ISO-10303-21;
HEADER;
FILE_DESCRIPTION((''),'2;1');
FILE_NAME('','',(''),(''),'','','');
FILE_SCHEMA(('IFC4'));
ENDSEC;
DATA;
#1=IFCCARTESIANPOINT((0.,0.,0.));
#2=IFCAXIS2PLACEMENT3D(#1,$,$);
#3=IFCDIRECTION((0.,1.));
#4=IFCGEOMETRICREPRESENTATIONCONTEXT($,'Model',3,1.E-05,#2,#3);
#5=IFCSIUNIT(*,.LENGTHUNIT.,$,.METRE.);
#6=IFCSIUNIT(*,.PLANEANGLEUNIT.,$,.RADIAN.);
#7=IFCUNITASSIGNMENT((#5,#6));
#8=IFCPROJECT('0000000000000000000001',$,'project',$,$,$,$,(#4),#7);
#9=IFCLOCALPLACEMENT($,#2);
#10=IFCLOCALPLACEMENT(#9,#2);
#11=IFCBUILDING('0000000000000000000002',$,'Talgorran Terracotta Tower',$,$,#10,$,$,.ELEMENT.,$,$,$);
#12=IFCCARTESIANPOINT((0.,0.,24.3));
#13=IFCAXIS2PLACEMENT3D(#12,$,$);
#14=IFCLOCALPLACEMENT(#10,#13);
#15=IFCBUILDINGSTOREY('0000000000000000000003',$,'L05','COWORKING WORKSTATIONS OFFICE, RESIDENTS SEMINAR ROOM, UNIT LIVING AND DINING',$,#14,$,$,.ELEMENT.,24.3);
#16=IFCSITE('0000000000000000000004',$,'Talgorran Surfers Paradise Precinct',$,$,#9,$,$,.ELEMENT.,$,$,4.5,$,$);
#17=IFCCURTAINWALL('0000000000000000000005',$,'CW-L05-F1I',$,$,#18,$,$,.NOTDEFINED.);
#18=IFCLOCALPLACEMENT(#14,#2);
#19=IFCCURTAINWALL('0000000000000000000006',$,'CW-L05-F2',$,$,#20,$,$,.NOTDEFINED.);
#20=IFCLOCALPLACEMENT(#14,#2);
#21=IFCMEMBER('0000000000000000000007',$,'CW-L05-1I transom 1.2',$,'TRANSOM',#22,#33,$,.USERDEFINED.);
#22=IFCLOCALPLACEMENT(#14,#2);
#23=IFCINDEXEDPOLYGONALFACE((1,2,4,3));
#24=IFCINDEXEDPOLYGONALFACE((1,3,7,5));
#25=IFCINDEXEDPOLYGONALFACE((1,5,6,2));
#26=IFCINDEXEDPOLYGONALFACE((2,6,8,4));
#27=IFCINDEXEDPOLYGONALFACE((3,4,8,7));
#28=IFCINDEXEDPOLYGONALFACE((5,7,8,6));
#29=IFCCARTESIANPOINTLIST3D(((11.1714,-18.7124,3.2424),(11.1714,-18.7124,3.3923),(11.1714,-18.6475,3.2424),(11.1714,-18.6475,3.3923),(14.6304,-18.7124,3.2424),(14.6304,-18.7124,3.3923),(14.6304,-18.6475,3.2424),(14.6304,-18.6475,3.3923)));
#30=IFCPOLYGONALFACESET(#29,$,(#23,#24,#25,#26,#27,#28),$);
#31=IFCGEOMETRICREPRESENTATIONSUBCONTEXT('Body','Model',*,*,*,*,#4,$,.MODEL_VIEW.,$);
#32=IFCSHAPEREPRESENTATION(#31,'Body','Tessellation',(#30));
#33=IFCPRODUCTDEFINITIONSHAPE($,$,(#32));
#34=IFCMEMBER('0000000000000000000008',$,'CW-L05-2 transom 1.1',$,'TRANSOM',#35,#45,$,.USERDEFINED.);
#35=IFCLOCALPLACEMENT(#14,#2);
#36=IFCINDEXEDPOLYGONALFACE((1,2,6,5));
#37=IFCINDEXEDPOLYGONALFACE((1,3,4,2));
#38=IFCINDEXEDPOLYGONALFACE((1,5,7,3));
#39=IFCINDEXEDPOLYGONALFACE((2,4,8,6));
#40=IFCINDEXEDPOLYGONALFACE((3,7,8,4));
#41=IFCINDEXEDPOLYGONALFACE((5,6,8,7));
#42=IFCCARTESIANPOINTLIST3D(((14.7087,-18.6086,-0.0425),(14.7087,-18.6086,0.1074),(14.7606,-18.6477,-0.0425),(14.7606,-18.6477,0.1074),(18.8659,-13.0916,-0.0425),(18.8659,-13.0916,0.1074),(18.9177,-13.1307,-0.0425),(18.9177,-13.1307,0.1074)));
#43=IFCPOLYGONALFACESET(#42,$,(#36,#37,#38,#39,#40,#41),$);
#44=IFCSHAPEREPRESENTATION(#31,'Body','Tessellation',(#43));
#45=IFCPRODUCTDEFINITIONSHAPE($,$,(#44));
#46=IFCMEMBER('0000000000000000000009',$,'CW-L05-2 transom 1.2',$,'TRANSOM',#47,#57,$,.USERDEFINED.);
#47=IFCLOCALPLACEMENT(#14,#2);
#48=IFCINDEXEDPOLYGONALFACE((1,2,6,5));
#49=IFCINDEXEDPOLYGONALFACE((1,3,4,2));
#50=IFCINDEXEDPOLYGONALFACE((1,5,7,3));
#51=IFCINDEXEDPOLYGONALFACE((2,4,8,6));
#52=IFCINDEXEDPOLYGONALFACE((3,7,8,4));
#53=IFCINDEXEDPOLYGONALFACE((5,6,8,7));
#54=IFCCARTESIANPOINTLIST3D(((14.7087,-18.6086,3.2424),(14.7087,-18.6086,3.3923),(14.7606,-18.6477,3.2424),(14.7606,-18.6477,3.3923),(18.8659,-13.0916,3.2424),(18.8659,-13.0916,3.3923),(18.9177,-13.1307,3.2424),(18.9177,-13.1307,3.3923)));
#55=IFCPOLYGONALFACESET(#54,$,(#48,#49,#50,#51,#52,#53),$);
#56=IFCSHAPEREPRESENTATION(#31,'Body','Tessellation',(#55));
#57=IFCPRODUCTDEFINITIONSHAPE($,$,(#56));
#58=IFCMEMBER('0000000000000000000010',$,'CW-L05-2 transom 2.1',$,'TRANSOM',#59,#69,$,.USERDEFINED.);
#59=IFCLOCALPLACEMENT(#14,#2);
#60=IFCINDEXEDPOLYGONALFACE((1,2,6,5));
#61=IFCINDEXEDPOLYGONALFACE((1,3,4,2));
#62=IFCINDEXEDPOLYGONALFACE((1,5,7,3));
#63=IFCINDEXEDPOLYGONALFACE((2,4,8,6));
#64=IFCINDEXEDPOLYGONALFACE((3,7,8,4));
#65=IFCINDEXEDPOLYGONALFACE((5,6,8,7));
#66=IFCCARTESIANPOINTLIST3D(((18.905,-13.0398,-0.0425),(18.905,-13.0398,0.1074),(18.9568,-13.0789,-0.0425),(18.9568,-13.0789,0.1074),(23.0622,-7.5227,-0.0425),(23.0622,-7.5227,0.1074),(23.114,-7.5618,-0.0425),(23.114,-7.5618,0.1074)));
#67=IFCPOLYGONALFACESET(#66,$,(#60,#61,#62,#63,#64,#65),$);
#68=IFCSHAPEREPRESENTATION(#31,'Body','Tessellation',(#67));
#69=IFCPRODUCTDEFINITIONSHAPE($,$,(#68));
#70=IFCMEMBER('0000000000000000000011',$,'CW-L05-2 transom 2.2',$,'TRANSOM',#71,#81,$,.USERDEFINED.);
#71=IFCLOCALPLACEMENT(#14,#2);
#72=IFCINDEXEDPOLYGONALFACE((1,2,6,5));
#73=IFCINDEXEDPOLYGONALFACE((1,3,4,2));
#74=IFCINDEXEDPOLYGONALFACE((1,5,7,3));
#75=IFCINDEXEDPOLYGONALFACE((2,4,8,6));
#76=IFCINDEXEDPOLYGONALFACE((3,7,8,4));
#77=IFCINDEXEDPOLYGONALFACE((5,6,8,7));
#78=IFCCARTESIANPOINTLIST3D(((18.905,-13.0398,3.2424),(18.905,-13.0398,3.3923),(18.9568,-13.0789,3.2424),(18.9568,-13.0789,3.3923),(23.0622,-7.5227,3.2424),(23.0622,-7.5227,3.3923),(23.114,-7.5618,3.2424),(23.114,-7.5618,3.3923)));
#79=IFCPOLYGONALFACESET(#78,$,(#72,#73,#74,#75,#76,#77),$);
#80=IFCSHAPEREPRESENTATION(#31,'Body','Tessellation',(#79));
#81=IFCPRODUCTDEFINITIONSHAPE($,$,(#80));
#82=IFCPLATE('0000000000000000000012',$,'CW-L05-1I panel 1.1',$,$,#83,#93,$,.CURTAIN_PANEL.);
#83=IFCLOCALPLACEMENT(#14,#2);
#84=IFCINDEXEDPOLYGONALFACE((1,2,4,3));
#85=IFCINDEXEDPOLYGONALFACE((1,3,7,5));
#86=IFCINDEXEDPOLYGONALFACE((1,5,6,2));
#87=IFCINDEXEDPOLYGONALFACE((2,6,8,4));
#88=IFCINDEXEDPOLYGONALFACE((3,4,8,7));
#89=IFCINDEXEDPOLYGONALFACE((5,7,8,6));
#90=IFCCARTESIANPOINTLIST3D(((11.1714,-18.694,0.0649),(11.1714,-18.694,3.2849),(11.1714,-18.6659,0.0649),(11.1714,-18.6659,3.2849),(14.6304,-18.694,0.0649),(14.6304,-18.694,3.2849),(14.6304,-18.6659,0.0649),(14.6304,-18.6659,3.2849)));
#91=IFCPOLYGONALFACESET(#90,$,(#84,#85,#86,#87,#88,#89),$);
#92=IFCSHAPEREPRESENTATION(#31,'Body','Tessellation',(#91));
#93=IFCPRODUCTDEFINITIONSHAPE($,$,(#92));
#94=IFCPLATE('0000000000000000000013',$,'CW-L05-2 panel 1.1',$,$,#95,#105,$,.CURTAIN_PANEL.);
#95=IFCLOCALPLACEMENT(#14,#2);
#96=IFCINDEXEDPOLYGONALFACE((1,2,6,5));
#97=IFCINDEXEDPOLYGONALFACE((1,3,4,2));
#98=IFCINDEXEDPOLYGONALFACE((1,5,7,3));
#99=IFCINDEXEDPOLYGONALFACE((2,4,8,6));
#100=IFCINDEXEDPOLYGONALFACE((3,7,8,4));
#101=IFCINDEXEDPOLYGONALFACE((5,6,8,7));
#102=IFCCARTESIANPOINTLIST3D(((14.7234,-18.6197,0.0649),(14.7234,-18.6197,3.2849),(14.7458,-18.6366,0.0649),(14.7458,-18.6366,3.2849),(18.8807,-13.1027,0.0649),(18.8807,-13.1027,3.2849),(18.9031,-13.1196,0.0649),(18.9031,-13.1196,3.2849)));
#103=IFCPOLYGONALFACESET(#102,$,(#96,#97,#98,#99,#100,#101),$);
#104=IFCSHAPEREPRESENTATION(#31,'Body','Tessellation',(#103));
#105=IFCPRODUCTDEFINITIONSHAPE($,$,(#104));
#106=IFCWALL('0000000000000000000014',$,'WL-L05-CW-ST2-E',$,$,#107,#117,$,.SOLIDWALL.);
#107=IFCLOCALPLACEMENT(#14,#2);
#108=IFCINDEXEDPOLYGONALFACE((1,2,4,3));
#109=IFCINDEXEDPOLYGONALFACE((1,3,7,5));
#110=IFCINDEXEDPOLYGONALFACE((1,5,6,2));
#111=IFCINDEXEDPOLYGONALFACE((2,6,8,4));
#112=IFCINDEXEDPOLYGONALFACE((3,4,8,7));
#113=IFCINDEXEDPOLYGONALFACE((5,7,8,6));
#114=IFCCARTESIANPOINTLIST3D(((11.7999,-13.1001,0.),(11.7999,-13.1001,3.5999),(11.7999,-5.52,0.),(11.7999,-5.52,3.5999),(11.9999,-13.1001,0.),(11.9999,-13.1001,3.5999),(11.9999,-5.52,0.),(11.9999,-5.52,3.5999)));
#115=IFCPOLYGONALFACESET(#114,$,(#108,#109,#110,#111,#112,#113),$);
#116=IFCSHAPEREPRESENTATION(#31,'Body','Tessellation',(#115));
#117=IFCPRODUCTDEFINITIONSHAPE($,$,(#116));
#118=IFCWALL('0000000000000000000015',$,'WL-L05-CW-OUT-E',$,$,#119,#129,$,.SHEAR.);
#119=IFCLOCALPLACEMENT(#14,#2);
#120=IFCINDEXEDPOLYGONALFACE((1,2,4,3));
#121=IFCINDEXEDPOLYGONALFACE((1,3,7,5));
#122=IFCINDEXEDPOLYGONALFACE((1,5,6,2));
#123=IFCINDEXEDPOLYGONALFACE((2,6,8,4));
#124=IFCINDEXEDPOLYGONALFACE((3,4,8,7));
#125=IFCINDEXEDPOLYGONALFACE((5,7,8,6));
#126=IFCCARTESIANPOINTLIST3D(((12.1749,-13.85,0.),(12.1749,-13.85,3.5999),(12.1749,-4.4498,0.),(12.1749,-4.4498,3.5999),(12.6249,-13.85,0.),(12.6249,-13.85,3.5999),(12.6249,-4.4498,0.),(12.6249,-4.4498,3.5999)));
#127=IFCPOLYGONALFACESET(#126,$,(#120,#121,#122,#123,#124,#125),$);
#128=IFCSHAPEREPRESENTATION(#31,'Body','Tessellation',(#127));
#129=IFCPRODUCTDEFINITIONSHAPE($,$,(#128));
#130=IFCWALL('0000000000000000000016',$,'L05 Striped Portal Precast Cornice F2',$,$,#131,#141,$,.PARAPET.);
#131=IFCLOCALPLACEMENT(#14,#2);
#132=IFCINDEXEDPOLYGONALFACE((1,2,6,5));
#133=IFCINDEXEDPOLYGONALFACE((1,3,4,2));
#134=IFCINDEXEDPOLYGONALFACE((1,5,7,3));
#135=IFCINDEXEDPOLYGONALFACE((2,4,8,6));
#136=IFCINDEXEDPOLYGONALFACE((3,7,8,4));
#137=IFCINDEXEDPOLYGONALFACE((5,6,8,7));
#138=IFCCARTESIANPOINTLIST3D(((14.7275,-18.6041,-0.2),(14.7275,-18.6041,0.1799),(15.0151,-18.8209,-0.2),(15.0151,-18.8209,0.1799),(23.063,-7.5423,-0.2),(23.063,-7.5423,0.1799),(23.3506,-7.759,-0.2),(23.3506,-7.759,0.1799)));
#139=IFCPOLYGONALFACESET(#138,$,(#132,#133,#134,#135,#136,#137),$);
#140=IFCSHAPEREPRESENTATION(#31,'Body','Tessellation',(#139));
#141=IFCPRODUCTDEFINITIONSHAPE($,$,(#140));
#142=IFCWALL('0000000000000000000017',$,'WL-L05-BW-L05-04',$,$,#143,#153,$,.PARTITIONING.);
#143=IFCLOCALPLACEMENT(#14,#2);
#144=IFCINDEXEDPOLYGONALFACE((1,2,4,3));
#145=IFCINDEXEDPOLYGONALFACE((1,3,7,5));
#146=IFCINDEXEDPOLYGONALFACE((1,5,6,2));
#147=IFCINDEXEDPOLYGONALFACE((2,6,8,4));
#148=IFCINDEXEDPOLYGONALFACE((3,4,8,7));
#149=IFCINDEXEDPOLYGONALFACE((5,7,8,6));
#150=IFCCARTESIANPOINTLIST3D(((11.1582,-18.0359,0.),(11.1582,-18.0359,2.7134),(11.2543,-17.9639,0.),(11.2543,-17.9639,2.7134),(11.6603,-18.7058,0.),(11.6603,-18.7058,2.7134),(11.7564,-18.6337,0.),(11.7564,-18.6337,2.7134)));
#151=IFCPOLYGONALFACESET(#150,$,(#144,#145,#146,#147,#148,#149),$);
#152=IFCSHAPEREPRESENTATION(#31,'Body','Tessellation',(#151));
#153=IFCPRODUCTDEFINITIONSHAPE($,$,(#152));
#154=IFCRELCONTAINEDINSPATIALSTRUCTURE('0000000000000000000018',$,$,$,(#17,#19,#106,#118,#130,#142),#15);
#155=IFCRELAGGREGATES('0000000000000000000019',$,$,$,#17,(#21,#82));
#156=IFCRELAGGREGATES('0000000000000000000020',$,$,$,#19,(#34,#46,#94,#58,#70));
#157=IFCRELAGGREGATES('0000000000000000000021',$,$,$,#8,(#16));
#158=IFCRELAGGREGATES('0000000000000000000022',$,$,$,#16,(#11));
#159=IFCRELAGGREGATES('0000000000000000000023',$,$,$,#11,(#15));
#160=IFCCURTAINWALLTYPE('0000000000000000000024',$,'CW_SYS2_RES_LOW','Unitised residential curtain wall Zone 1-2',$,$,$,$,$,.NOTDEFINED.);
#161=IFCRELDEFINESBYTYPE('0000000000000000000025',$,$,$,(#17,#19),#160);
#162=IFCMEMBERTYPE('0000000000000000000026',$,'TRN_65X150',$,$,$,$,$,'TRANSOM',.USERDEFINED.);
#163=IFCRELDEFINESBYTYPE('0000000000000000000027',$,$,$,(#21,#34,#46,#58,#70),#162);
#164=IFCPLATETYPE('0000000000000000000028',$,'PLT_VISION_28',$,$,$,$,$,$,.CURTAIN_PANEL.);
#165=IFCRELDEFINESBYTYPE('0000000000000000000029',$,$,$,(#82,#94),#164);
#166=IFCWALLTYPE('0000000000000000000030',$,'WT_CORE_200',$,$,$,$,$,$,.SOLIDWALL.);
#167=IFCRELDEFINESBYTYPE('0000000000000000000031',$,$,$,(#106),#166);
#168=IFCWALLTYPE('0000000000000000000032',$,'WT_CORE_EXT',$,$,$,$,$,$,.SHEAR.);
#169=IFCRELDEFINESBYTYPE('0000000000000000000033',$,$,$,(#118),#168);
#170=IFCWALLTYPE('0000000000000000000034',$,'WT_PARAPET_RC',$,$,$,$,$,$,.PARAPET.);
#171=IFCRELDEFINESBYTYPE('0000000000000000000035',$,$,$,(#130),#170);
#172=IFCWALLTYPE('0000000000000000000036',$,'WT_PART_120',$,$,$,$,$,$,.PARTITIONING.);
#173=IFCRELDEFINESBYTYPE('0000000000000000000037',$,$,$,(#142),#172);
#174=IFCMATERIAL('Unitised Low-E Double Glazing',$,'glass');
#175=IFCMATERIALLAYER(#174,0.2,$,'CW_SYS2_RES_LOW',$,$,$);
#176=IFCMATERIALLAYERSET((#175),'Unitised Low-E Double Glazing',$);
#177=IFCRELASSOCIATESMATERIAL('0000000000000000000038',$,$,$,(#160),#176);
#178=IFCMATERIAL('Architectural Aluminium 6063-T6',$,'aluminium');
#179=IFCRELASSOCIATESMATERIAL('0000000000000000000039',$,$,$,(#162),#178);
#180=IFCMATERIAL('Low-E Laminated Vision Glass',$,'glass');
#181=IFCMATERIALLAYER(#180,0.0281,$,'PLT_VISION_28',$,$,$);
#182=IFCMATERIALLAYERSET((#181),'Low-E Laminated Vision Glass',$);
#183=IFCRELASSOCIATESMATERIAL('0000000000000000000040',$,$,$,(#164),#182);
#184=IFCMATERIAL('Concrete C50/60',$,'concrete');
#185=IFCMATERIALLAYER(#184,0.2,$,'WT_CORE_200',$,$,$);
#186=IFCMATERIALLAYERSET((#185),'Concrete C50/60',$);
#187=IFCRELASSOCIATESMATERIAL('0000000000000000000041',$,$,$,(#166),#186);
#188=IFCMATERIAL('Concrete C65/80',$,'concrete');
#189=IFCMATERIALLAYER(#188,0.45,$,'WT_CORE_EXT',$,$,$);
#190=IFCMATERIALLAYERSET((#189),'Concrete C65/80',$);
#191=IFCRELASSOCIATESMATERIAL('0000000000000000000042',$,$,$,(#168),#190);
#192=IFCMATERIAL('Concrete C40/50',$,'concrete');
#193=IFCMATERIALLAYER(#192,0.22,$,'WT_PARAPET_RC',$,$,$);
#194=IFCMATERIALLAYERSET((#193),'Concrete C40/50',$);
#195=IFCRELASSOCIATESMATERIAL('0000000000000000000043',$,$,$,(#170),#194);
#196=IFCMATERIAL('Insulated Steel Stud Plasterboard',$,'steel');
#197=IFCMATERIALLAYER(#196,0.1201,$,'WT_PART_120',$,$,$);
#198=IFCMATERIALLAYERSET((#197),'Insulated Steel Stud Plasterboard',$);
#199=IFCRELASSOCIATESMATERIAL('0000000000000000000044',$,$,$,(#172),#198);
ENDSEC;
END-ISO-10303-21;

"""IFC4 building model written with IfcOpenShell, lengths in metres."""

from ifc_helpers import new_model, si_unit, direction, frame, frame_2d, origin, origin_2d, place, context, subcontext, project, spatial, rectangle, extrude, source, transform, mapped, material, layer, layer_set, material_profile, profile_set, type_object, type_shapes, element, aggregate, save


model = new_model("IFC4")

# Units and contexts
model_context = context("Model", 3, precision=1e-05, world=origin(), true_north=direction((0.0, 1.0)))
body_context = subcontext(model_context, "Body", "Model", "MODEL_VIEW")
ifc_project = project(units=[si_unit("LENGTHUNIT", "METRE"), si_unit("PLANEANGLEUNIT", "RADIAN")], contexts=[model_context])

# Site, building, storey
site_placement = place(None, origin())
site = spatial("IfcSite", under=ifc_project, at=site_placement, Name="Talgorran Surfers Paradise Precinct", CompositionType="ELEMENT", RefElevation=4.5)
building_placement = place(site_placement, origin())
building = spatial("IfcBuilding", under=site, at=building_placement, Name="Talgorran Terracotta Tower", CompositionType="ELEMENT")
storey_placement = place(building_placement, frame((0.0, 0.0, 24.3)))
storey = spatial("IfcBuildingStorey", under=building, at=storey_placement, Name="L05", Description="COWORKING WORKSTATIONS OFFICE, RESIDENTS SEMINAR ROOM, UNIT LIVING AND DINING", CompositionType="ELEMENT", Elevation=24.3)

# Shared definitions
ifc_material_1 = material(Name="Unitised Low-E Double Glazing", Category="glass")
ifc_layer_1 = layer(ifc_material_1, 0.2, Name="CW_SYS2_RES_LOW")
ifc_layer_set_1 = layer_set([ifc_layer_1], Name="Unitised Low-E Double Glazing")
curtain_wall_type = type_object("IfcCurtainWallType", Name="CW_SYS2_RES_LOW", Description="Unitised residential curtain wall Zone 1-2", PredefinedType="NOTDEFINED", material=ifc_layer_set_1)
ifc_material_2 = material(Name="Architectural Aluminium 6063-T6", Category="aluminium")

# Curtain walls
curtain_wall_1_placement = place(storey_placement, origin())
curtain_wall_1 = element("IfcCurtainWall", 1, at=curtain_wall_1_placement, inside=storey, type_object=curtain_wall_type, Name="CW-L05-F1I", PredefinedType="NOTDEFINED")
curtain_wall_2_placement = place(storey_placement, origin())
curtain_wall_2 = element("IfcCurtainWall", 2, at=curtain_wall_2_placement, inside=storey, type_object=curtain_wall_type, Name="CW-L05-F2", PredefinedType="NOTDEFINED")

# Members
ifc_material_profile_1 = material_profile(ifc_material_2, rectangle(XDim=0.0649, YDim=0.1499, at=origin_2d()), Name="CWT65X150")
ifc_profile_set_1 = profile_set([ifc_material_profile_1], Name="Architectural Aluminium 6063-T6")
member_type_1 = type_object("IfcMemberType", Name="TRN_65X150", ElementType="TRANSOM", PredefinedType="USERDEFINED", material=ifc_profile_set_1)
member_1_placement = place(storey_placement, frame((11.1714, -18.6799, 3.3174), z_axis=(1.0, 0.0, 0.0), x_axis=(0.0, 1.0, 0.0)))
member_1 = element("IfcMember", 3, at=member_1_placement, type_object=member_type_1, Name="CW-L05-1I transom 1.2", ObjectType="TRANSOM", PredefinedType="USERDEFINED", context=body_context, shape_type="SweptSolid", body=[
    extrude(rectangle(XDim=0.0649, YDim=0.1499, at=origin_2d()), origin(), (0.0, 0.0, 1.0), 3.459),
])
member_2_placement = place(storey_placement, frame((14.7346, -18.6282, 0.0325), z_axis=(0.601797, 0.798649, 0.0), x_axis=(-0.798649, 0.601797, 0.0)))
member_2 = element("IfcMember", 4, at=member_2_placement, type_object=member_type_1, Name="CW-L05-2 transom 1.1", ObjectType="TRANSOM", PredefinedType="USERDEFINED", context=body_context, shape_type="SweptSolid", body=[
    extrude(rectangle(XDim=0.0649, YDim=0.1499, at=origin_2d()), origin(), (0.0, 0.0, 1.0), 6.908),
])
member_3_placement = place(storey_placement, frame((14.7346, -18.6282, 3.3174), z_axis=(0.601797, 0.798649, 0.0), x_axis=(-0.798649, 0.601797, 0.0)))
member_3 = element("IfcMember", 5, at=member_3_placement, type_object=member_type_1, Name="CW-L05-2 transom 1.2", ObjectType="TRANSOM", PredefinedType="USERDEFINED", context=body_context, shape_type="SweptSolid", body=[
    extrude(rectangle(XDim=0.0649, YDim=0.1499, at=origin_2d()), origin(), (0.0, 0.0, 1.0), 6.908),
])
member_4_placement = place(storey_placement, frame((18.9309, -13.0593, 0.0325), z_axis=(0.601797, 0.798649, 0.0), x_axis=(-0.798649, 0.601797, 0.0)))
member_4 = element("IfcMember", 6, at=member_4_placement, type_object=member_type_1, Name="CW-L05-2 transom 2.1", ObjectType="TRANSOM", PredefinedType="USERDEFINED", context=body_context, shape_type="SweptSolid", body=[
    extrude(rectangle(XDim=0.0649, YDim=0.1499, at=origin_2d()), origin(), (0.0, 0.0, 1.0), 6.908),
])
member_5_placement = place(storey_placement, frame((18.9309, -13.0593, 3.3174), z_axis=(0.601797, 0.798649, 0.0), x_axis=(-0.798649, 0.601797, 0.0)))
member_5 = element("IfcMember", 7, at=member_5_placement, type_object=member_type_1, Name="CW-L05-2 transom 2.2", ObjectType="TRANSOM", PredefinedType="USERDEFINED", context=body_context, shape_type="SweptSolid", body=[
    extrude(rectangle(XDim=0.0649, YDim=0.1499, at=origin_2d()), origin(), (0.0, 0.0, 1.0), 6.908),
])

# Plates
ifc_material_3 = material(Name="Low-E Laminated Vision Glass", Category="glass")
ifc_layer_2 = layer(ifc_material_3, 0.0281, Name="PLT_VISION_28")
ifc_layer_set_2 = layer_set([ifc_layer_2], Name="Low-E Laminated Vision Glass")
plate_type = type_object("IfcPlateType", Name="PLT_VISION_28", PredefinedType="CURTAIN_PANEL", material=ifc_layer_set_2)
shared_shape_1 = source(origin(), body_context, "Body", "SweptSolid", [
    extrude(rectangle(XDim=3.459, YDim=0.0281, at=origin_2d()), origin(), (0.0, 0.0, 1.0), 3.22),
])
plate_1_placement = place(storey_placement, frame((12.9009, -18.6799, 0.0649), z_axis=(0.0, 0.0, 1.0), x_axis=(1.0, 0.0, 0.0)))
plate_1 = element("IfcPlate", 8, at=plate_1_placement, type_object=plate_type, Name="CW-L05-1I panel 1.1", PredefinedType="CURTAIN_PANEL", context=body_context, shape_type="MappedRepresentation", body=[
    mapped(shared_shape_1, transform((0.0, 0.0, 0.0), scale=1.0)),
])
aggregate(curtain_wall_1, [member_1, plate_1])
shared_shape_2 = source(origin(), body_context, "Body", "SweptSolid", [
    extrude(rectangle(XDim=6.908, YDim=0.0281, at=origin_2d()), origin(), (0.0, 0.0, 1.0), 3.22),
])
type_shapes(plate_type, [shared_shape_1, shared_shape_2])
plate_2_placement = place(storey_placement, frame((16.8132, -15.8696, 0.0649), z_axis=(0.0, 0.0, 1.0), x_axis=(0.601812, 0.798638, 0.0)))
plate_2 = element("IfcPlate", 9, at=plate_2_placement, type_object=plate_type, Name="CW-L05-2 panel 1.1", PredefinedType="CURTAIN_PANEL", context=body_context, shape_type="MappedRepresentation", body=[
    mapped(shared_shape_2, transform((0.0, 0.0, 0.0), scale=1.0)),
])
aggregate(curtain_wall_2, [member_2, member_3, plate_2, member_4, member_5])

# Walls
ifc_material_4 = material(Name="Concrete C50/60", Category="concrete")
ifc_layer_3 = layer(ifc_material_4, 0.2, Name="WT_CORE_200")
ifc_layer_set_3 = layer_set([ifc_layer_3], Name="Concrete C50/60")
wall_type_1 = type_object("IfcWallType", Name="WT_CORE_200", PredefinedType="SOLIDWALL", material=ifc_layer_set_3)
wall_1_placement = place(storey_placement, frame((11.8999, -13.1001, 0.0), z_axis=(0.0, 0.0, 1.0), x_axis=(0.0, 1.0, 0.0)))
element("IfcWall", 10, at=wall_1_placement, inside=storey, type_object=wall_type_1, Name="WL-L05-CW-ST2-E", PredefinedType="SOLIDWALL", context=body_context, shape_type="SweptSolid", body=[
    extrude(rectangle(XDim=7.5801, YDim=0.2, at=frame_2d((3.79, 0.0))), origin(), (0.0, 0.0, 1.0), 3.5999),
])
ifc_material_5 = material(Name="Concrete C65/80", Category="concrete")
ifc_layer_4 = layer(ifc_material_5, 0.45, Name="WT_CORE_EXT")
ifc_layer_set_4 = layer_set([ifc_layer_4], Name="Concrete C65/80")
wall_type_2 = type_object("IfcWallType", Name="WT_CORE_EXT", PredefinedType="SHEAR", material=ifc_layer_set_4)
wall_2_placement = place(storey_placement, frame((12.3999, -13.8501, 0.0), z_axis=(0.0, 0.0, 1.0), x_axis=(0.0, 1.0, 0.0)))
element("IfcWall", 11, at=wall_2_placement, inside=storey, type_object=wall_type_2, Name="WL-L05-CW-OUT-E", PredefinedType="SHEAR", context=body_context, shape_type="SweptSolid", body=[
    extrude(rectangle(XDim=9.4001, YDim=0.45, at=frame_2d((4.7002, 0.0))), origin(), (0.0, 0.0, 1.0), 3.5999),
])
ifc_material_6 = material(Name="Concrete C40/50", Category="concrete")
ifc_layer_5 = layer(ifc_material_6, 0.22, Name="WT_PARAPET_RC")
ifc_layer_set_5 = layer_set([ifc_layer_5], Name="Concrete C40/50")
wall_type_3 = type_object("IfcWallType", Name="WT_PARAPET_RC", PredefinedType="PARAPET", material=ifc_layer_set_5)
wall_3_placement = place(storey_placement, frame((14.8713, -18.7124, -0.2), z_axis=(0.0, 0.0, 1.0), x_axis=(0.601806, 0.798642, 0.0)))
element("IfcWall", 12, at=wall_3_placement, inside=storey, type_object=wall_type_3, Name="L05 Striped Portal Precast Cornice F2", PredefinedType="PARAPET", context=body_context, shape_type="SweptSolid", body=[
    extrude(rectangle(XDim=13.8508, YDim=0.3601, at=frame_2d((6.9253, 0.0))), origin(), (0.0, 0.0, 1.0), 0.3799),
])
ifc_material_7 = material(Name="Insulated Steel Stud Plasterboard", Category="steel")
ifc_layer_6 = layer(ifc_material_7, 0.1201, Name="WT_PART_120")
ifc_layer_set_6 = layer_set([ifc_layer_6], Name="Insulated Steel Stud Plasterboard")
wall_type_4 = type_object("IfcWallType", Name="WT_PART_120", PredefinedType="PARTITIONING", material=ifc_layer_set_6)
wall_4_placement = place(storey_placement, frame((11.2063, -18.0, 0.0), z_axis=(0.0, 0.0, 1.0), x_axis=(0.599813, -0.80014, 0.0)))
element("IfcWall", 13, at=wall_4_placement, inside=storey, type_object=wall_type_4, Name="WL-L05-BW-L05-04", PredefinedType="PARTITIONING", context=body_context, shape_type="SweptSolid", body=[
    extrude(rectangle(XDim=0.8372, YDim=0.1201, at=frame_2d((0.4185, 0.0))), origin(), (0.0, 0.0, 1.0), 2.7134),
])

save(model, "model.ifc")
